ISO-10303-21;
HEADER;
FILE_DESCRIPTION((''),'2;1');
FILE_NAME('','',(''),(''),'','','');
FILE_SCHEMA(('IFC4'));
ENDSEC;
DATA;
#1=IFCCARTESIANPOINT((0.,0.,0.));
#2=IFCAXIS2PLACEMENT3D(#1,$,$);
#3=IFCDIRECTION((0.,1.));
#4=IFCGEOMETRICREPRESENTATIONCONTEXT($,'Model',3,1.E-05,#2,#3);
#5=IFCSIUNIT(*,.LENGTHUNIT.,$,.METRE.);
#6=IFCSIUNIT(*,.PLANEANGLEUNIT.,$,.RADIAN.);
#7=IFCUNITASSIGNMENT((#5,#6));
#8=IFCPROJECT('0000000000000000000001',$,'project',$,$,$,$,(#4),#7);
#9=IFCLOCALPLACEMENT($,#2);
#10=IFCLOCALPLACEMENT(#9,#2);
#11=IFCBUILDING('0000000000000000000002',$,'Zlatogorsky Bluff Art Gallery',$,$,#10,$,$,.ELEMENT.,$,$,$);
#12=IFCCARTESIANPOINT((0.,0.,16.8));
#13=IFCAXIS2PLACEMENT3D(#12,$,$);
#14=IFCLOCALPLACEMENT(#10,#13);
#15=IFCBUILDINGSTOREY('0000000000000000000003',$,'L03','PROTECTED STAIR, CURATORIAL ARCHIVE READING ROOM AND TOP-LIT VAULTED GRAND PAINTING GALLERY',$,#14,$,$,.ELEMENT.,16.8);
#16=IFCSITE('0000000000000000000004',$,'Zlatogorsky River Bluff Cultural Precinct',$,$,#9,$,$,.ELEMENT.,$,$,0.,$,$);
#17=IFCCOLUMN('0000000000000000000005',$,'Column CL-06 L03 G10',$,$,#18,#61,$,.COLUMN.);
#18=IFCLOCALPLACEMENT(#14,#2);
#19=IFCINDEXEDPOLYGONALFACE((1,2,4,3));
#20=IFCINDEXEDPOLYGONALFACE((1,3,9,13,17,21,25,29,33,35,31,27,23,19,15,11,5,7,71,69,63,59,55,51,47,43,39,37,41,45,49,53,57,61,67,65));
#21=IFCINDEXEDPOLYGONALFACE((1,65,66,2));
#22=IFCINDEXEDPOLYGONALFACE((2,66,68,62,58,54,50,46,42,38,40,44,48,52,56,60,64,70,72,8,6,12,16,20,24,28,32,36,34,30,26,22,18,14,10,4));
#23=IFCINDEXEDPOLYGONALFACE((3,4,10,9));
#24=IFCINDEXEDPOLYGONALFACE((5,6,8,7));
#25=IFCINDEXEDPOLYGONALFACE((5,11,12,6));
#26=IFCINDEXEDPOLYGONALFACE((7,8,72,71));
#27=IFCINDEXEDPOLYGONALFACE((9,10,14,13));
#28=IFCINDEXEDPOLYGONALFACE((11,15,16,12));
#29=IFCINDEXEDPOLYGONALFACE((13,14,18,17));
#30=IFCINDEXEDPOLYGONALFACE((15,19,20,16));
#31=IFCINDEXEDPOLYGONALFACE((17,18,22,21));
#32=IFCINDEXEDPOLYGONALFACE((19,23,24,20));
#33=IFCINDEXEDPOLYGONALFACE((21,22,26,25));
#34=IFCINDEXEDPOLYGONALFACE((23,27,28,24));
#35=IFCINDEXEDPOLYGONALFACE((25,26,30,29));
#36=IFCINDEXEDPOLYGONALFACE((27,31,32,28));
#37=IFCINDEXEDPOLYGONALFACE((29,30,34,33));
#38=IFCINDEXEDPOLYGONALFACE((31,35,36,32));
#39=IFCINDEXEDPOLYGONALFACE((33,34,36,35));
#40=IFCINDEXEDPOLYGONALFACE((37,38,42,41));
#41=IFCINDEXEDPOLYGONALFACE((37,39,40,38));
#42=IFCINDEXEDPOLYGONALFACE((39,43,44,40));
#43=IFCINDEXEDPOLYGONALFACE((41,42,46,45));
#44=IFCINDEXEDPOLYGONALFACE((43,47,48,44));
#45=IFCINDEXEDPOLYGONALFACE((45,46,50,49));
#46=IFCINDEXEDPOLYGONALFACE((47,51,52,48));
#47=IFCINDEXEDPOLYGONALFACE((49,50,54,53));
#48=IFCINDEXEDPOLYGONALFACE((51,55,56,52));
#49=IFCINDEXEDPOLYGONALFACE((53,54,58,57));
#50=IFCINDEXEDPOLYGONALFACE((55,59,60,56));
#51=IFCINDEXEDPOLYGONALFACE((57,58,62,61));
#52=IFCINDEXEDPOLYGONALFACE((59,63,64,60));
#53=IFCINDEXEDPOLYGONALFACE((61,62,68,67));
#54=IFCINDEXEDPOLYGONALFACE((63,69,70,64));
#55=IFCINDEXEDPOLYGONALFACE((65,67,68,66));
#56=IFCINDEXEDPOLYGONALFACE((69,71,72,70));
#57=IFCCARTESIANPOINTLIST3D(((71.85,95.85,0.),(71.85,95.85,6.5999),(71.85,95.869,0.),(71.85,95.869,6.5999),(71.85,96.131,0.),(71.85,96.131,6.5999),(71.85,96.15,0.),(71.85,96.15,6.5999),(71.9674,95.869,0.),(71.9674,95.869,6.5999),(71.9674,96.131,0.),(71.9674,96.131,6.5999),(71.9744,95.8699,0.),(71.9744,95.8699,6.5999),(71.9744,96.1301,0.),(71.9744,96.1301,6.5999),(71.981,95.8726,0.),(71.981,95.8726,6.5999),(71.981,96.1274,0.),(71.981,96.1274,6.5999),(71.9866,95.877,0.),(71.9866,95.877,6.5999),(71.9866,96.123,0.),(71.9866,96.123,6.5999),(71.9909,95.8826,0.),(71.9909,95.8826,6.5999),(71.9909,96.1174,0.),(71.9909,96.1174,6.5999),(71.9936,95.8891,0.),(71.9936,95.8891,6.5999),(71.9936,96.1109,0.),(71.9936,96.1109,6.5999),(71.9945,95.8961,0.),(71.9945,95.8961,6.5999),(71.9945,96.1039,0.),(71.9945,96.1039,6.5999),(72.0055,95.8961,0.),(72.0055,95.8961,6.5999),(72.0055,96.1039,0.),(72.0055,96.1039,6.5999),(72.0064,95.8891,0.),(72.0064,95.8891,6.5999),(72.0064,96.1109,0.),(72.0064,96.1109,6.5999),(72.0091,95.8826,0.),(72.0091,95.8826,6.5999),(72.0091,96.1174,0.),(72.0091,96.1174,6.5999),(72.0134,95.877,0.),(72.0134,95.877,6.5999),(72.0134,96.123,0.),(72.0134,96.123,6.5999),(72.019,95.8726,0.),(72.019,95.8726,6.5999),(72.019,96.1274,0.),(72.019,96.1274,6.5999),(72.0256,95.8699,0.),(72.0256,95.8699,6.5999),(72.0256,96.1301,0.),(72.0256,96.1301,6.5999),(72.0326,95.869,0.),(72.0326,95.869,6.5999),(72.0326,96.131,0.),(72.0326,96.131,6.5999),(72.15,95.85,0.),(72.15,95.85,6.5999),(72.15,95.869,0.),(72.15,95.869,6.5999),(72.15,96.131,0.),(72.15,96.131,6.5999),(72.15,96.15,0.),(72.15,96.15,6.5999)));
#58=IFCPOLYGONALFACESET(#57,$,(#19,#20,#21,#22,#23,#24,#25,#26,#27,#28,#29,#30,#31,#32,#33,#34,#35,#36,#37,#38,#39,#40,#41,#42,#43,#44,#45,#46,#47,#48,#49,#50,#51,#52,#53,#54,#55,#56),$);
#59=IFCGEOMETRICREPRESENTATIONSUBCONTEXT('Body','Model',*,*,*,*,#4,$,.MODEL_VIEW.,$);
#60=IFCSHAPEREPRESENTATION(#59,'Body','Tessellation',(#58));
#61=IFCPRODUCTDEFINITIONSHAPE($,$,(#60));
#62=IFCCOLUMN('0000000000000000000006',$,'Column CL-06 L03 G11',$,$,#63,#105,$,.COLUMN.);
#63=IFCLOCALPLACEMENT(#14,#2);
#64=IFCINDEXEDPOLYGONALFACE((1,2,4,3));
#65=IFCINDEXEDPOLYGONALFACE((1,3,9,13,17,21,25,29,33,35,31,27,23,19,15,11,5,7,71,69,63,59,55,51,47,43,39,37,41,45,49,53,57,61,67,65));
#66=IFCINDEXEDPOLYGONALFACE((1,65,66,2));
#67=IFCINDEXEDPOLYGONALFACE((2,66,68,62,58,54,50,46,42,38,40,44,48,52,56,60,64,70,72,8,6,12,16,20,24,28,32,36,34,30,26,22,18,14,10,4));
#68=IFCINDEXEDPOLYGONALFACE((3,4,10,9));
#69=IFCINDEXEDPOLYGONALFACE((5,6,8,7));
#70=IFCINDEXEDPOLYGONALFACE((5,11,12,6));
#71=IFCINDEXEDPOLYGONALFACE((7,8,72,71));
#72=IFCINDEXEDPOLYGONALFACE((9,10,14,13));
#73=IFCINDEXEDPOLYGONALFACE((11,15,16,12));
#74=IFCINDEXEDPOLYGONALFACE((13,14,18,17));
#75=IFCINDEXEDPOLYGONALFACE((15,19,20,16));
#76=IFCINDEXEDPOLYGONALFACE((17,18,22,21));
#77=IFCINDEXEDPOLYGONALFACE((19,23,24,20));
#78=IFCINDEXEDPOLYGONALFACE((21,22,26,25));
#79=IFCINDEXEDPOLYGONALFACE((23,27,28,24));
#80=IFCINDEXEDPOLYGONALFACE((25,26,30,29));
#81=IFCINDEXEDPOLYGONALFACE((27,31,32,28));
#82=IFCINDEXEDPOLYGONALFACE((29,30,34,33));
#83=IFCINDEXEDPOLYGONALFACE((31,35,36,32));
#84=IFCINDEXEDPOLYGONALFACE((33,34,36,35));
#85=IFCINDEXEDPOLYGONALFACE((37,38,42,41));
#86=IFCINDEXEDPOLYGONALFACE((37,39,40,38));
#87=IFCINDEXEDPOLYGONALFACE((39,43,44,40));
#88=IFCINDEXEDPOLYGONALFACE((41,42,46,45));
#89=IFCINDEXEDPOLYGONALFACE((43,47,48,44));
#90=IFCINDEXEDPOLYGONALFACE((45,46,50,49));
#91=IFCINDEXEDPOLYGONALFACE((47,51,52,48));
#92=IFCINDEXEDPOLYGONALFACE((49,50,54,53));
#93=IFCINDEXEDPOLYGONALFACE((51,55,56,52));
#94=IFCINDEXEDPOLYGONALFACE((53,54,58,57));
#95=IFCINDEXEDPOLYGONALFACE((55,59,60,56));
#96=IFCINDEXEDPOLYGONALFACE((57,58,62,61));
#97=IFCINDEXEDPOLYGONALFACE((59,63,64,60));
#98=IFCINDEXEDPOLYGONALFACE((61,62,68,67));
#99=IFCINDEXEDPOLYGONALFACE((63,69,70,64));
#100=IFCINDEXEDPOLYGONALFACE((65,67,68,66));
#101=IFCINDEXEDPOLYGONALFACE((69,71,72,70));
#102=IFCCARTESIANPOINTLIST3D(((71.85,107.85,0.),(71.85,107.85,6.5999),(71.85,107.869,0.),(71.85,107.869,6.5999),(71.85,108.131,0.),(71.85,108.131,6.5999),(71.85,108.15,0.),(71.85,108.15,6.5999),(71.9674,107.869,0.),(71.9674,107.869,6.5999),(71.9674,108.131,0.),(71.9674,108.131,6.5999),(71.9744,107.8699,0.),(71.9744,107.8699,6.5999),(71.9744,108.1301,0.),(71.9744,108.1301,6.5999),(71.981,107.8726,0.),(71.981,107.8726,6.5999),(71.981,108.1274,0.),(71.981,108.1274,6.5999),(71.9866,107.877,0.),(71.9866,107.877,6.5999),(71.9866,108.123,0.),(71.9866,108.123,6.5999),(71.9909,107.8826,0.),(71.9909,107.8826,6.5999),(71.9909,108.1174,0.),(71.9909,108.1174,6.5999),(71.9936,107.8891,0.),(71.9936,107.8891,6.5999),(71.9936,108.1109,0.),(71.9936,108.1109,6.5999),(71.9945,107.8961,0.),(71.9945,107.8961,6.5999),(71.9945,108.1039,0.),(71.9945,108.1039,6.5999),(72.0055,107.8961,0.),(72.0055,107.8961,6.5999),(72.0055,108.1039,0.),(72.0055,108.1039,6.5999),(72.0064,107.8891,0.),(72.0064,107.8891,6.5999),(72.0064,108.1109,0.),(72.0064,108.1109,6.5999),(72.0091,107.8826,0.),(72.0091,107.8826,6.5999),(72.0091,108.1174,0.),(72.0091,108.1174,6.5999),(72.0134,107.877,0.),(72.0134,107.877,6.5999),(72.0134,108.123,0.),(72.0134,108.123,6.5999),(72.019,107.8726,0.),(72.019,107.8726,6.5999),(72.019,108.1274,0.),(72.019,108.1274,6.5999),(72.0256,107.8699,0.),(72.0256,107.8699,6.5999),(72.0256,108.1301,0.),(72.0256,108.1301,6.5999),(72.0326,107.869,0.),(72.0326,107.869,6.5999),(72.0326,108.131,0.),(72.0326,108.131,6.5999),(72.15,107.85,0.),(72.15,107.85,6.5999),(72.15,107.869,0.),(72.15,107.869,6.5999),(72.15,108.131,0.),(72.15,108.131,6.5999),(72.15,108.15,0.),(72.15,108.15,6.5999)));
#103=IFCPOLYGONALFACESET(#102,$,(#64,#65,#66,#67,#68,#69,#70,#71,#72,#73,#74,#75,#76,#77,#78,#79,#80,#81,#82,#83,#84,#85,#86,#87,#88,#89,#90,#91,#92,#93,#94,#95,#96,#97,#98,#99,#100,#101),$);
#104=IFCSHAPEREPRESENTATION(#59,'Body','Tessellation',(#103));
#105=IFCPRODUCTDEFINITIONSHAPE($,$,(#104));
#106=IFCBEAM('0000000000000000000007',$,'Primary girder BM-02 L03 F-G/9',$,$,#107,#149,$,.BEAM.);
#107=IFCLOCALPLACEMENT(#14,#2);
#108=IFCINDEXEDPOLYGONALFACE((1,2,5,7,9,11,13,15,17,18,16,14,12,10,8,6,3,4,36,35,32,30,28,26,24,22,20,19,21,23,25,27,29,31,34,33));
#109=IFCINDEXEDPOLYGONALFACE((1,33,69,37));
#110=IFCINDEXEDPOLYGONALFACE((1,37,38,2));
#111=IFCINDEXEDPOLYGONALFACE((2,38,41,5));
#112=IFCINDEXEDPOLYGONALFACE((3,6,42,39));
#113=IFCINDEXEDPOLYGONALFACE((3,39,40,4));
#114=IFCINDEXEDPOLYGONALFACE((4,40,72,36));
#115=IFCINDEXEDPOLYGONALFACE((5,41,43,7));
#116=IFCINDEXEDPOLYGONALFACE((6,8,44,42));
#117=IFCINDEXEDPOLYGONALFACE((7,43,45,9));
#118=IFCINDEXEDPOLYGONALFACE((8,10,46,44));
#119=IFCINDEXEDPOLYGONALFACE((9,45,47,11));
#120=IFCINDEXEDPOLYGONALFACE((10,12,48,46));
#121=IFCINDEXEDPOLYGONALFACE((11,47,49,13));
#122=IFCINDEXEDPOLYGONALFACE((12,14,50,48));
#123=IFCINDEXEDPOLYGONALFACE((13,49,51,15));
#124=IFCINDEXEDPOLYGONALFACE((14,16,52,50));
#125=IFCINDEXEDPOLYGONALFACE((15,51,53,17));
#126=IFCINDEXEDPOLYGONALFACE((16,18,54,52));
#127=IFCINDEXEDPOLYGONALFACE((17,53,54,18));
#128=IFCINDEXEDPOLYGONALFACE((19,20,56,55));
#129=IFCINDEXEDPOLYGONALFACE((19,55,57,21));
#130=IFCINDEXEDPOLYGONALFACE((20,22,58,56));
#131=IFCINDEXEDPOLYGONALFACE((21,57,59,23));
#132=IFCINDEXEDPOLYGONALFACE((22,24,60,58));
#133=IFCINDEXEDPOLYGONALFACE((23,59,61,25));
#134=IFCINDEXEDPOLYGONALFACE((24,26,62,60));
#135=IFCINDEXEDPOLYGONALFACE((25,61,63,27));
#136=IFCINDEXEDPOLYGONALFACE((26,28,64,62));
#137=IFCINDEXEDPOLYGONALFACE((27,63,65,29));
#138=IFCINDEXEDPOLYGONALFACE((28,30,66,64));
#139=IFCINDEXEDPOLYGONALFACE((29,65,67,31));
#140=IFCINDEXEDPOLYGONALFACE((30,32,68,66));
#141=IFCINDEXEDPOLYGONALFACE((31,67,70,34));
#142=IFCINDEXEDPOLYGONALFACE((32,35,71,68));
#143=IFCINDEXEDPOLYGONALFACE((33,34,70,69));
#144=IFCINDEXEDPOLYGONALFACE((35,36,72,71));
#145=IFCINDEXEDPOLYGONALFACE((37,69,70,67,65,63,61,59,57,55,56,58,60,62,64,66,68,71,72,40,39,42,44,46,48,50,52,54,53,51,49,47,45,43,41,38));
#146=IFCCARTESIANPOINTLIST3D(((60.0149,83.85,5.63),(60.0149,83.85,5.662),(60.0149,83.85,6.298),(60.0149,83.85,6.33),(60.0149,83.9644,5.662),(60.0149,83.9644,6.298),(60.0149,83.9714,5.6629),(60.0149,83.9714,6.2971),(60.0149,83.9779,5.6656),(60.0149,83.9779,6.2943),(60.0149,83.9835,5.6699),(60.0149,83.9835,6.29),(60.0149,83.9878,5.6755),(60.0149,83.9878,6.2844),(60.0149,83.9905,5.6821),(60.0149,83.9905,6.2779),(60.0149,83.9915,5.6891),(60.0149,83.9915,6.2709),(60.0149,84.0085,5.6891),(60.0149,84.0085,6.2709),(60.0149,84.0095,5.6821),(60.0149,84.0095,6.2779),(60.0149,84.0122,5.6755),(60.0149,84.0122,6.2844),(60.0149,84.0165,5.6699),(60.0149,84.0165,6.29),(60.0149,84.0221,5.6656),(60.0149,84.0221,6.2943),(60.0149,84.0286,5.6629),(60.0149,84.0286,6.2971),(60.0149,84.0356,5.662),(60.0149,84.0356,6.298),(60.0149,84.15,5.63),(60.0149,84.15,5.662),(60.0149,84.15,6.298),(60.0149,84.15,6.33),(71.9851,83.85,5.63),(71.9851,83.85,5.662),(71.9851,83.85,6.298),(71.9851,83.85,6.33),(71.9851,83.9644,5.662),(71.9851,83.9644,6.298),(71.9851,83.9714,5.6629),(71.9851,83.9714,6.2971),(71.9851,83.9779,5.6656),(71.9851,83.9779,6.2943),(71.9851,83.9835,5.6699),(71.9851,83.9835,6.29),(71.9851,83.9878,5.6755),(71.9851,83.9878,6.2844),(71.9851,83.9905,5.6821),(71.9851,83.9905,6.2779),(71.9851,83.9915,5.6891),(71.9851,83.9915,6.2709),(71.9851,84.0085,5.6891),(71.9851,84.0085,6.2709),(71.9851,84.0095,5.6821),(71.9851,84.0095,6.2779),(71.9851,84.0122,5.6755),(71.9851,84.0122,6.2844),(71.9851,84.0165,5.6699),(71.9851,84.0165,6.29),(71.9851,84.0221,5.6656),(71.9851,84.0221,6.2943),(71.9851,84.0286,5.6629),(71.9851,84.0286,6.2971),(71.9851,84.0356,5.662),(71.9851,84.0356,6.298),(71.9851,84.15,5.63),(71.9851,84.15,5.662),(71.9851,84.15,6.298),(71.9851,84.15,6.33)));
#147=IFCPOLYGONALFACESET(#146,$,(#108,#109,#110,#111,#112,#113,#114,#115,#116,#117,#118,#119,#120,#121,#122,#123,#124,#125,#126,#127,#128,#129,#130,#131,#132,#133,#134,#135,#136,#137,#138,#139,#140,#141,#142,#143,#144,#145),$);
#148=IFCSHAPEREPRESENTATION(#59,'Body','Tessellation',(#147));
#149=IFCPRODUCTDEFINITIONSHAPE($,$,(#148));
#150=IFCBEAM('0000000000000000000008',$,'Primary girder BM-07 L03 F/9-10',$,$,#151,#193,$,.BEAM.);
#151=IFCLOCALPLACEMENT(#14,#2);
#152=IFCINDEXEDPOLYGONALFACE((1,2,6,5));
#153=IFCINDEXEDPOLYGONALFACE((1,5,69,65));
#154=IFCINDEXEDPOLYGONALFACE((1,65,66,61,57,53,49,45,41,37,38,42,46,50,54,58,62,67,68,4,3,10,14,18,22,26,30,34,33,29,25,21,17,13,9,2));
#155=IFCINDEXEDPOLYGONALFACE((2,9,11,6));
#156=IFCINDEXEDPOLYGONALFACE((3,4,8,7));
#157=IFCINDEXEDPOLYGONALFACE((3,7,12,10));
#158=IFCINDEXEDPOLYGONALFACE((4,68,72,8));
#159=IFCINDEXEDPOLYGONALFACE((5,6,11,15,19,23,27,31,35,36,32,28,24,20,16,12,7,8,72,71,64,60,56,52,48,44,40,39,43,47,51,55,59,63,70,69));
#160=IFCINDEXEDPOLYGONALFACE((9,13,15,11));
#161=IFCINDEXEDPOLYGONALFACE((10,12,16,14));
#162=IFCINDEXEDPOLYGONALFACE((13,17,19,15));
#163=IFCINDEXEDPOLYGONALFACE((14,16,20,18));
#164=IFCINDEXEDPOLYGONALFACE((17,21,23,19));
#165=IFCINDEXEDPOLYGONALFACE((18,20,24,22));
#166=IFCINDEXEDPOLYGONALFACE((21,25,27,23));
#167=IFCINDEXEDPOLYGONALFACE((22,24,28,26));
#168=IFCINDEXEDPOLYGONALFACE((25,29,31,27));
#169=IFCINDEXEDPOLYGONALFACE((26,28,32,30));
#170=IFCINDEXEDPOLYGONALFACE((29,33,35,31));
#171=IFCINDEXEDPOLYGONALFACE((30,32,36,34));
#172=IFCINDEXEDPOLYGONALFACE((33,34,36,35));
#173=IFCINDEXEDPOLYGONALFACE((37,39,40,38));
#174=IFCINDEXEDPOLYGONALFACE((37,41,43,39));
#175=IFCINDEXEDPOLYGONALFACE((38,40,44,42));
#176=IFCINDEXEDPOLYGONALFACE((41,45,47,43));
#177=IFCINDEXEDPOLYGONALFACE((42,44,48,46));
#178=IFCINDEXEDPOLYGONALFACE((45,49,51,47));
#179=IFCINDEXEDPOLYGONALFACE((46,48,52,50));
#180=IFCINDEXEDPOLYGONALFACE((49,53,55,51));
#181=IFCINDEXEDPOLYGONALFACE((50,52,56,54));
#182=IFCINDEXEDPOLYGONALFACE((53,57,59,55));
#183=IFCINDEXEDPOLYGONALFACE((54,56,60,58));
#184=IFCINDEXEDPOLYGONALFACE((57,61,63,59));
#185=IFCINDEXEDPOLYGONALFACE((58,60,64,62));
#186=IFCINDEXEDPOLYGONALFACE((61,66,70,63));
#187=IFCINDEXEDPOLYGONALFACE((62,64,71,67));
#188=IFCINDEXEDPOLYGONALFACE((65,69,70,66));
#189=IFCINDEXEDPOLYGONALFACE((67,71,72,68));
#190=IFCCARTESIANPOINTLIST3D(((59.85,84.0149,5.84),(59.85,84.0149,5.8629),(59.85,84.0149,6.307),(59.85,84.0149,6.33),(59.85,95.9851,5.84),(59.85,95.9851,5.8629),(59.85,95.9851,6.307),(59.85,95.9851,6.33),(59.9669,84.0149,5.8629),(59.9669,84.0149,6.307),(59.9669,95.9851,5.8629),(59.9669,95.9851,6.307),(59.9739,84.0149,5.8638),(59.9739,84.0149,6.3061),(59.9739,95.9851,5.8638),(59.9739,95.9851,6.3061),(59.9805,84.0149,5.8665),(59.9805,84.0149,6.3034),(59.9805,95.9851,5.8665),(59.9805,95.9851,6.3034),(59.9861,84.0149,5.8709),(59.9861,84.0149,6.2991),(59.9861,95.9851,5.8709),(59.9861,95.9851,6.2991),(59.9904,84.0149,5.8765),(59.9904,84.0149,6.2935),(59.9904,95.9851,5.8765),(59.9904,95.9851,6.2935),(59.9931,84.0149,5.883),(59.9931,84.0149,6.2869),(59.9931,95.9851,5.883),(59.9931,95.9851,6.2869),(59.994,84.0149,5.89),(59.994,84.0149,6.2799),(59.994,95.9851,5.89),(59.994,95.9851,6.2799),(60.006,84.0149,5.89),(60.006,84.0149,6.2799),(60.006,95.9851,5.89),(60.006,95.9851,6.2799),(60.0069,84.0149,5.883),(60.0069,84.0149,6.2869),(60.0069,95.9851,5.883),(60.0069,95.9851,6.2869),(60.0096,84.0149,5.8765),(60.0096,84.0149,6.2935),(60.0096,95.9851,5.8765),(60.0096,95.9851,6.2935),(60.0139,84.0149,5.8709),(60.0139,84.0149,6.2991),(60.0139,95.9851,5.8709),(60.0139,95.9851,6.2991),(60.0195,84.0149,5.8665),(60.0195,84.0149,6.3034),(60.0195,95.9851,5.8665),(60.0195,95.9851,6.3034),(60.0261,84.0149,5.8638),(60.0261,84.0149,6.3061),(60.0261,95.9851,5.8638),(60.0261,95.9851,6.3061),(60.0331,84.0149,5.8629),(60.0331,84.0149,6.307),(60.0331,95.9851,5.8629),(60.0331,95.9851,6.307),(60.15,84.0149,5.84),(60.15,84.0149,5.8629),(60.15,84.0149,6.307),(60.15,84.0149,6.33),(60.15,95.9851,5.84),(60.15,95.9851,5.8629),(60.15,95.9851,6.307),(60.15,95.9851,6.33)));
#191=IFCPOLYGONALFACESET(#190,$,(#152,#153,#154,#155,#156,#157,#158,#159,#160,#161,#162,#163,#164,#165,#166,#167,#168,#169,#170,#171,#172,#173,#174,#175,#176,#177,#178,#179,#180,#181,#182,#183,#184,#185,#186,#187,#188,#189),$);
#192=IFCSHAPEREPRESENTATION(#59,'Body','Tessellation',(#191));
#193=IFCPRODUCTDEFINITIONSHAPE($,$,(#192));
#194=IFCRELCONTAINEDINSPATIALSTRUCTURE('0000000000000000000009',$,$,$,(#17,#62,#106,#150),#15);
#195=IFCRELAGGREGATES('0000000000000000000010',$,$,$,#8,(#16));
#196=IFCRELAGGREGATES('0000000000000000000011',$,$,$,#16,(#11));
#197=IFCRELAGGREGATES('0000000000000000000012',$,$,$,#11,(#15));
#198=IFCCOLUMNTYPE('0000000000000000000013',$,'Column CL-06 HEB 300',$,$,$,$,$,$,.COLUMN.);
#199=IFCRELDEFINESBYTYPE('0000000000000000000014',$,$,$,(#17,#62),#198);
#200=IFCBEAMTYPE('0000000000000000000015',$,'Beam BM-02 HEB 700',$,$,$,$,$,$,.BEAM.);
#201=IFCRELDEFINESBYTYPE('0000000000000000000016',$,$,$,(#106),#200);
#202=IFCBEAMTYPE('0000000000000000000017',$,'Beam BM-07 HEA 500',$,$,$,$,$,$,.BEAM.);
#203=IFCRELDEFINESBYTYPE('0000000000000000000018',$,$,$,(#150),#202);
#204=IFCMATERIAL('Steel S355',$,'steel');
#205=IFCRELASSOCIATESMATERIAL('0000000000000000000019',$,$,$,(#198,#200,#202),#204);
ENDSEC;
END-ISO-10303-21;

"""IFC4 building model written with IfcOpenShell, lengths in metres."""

from ifc_helpers import new_model, si_unit, direction, frame, origin, origin_2d, place, context, subcontext, project, spatial, i_section, extrude, material, material_profile, profile_set, type_object, element, save


model = new_model("IFC4")

# Units and contexts
model_context = context("Model", 3, precision=1e-05, world=origin(), true_north=direction((0.0, 1.0)))
body_context = subcontext(model_context, "Body", "Model", "MODEL_VIEW")
ifc_project = project(units=[si_unit("LENGTHUNIT", "METRE"), si_unit("PLANEANGLEUNIT", "RADIAN")], contexts=[model_context])

# Site, building, storey
site_placement = place(None, origin())
site = spatial("IfcSite", under=ifc_project, at=site_placement, Name="Zlatogorsky River Bluff Cultural Precinct", CompositionType="ELEMENT", RefElevation=0.0)
building_placement = place(site_placement, origin())
building = spatial("IfcBuilding", under=site, at=building_placement, Name="Zlatogorsky Bluff Art Gallery", CompositionType="ELEMENT")
storey_placement = place(building_placement, frame((0.0, 0.0, 16.8)))
storey = spatial("IfcBuildingStorey", under=building, at=storey_placement, Name="L03", Description="PROTECTED STAIR, CURATORIAL ARCHIVE READING ROOM AND TOP-LIT VAULTED GRAND PAINTING GALLERY", CompositionType="ELEMENT", Elevation=16.8)

# Columns
ifc_material_1 = material(Name="Steel S355", Category="steel")
ifc_material_profile_1 = material_profile(ifc_material_1, i_section(OverallWidth=0.3, OverallDepth=0.3, WebThickness=0.011, FlangeThickness=0.019, FilletRadius=0.0271, at=origin_2d()), Name="HEB 300")
ifc_profile_set_1 = profile_set([ifc_material_profile_1], Name="Steel S355")
column_type = type_object("IfcColumnType", Name="Column CL-06 HEB 300", PredefinedType="COLUMN", material=ifc_profile_set_1)
for number, where, z_axis, x_axis, name in (
    (1, (72.0, 96.0, 0.0), (0.0, 0.0, 1.0), (1.0, 0.0, 0.0), "Column CL-06 L03 G10"),
    (2, (72.0, 108.0, 0.0), (0.0, 0.0, 1.0), (1.0, 0.0, 0.0), "Column CL-06 L03 G11"),
):
    element("IfcColumn", number, at=place(storey_placement, frame(where, z_axis=z_axis, x_axis=x_axis)), inside=storey, type_object=column_type, Name=name, PredefinedType="COLUMN", context=body_context, shape_type="SweptSolid", body=[
        extrude(i_section(OverallWidth=0.3, OverallDepth=0.3, WebThickness=0.011, FlangeThickness=0.019, FilletRadius=0.0271, at=origin_2d()), origin(), (0.0, 0.0, 1.0), 6.5999),
    ])

# Beams
ifc_material_profile_2 = material_profile(ifc_material_1, i_section(OverallWidth=0.3, OverallDepth=0.7, WebThickness=0.0171, FlangeThickness=0.032, FilletRadius=0.0271, at=origin_2d()), Name="HEB 700")
ifc_profile_set_2 = profile_set([ifc_material_profile_2], Name="Steel S355")
beam_type_1 = type_object("IfcBeamType", Name="Beam BM-02 HEB 700", PredefinedType="BEAM", material=ifc_profile_set_2)
beam_placement = place(storey_placement, frame((60.0149, 84.0, 5.98), z_axis=(1.0, 0.0, 0.0), x_axis=(0.0, 1.0, 0.0)))
element("IfcBeam", 3, at=beam_placement, inside=storey, type_object=beam_type_1, Name="Primary girder BM-02 L03 F-G/9", PredefinedType="BEAM", context=body_context, shape_type="SweptSolid", body=[
    extrude(i_section(OverallWidth=0.3, OverallDepth=0.7, WebThickness=0.0171, FlangeThickness=0.032, FilletRadius=0.0271, at=origin_2d()), origin(), (0.0, 0.0, 1.0), 11.9702),
])
ifc_material_profile_3 = material_profile(ifc_material_1, i_section(OverallWidth=0.3, OverallDepth=0.49, WebThickness=0.012, FlangeThickness=0.0229, FilletRadius=0.0271, at=origin_2d()), Name="HEA 500")
ifc_profile_set_3 = profile_set([ifc_material_profile_3], Name="Steel S355")
beam_type_2 = type_object("IfcBeamType", Name="Beam BM-07 HEA 500", PredefinedType="BEAM", material=ifc_profile_set_3)
for number, where, z_axis, x_axis, name in (
    (4, (60.0, 84.0149, 6.085), (0.0, 1.0, 0.0), (-1.0, 0.0, 0.0), "Primary girder BM-07 L03 F/9-10"),
):
    element("IfcBeam", number, at=place(storey_placement, frame(where, z_axis=z_axis, x_axis=x_axis)), inside=storey, type_object=beam_type_2, Name=name, PredefinedType="BEAM", context=body_context, shape_type="SweptSolid", body=[
        extrude(i_section(OverallWidth=0.3, OverallDepth=0.49, WebThickness=0.012, FlangeThickness=0.0229, FilletRadius=0.0271, at=origin_2d()), origin(), (0.0, 0.0, 1.0), 11.9702),
    ])

save(model, "model.ifc")
